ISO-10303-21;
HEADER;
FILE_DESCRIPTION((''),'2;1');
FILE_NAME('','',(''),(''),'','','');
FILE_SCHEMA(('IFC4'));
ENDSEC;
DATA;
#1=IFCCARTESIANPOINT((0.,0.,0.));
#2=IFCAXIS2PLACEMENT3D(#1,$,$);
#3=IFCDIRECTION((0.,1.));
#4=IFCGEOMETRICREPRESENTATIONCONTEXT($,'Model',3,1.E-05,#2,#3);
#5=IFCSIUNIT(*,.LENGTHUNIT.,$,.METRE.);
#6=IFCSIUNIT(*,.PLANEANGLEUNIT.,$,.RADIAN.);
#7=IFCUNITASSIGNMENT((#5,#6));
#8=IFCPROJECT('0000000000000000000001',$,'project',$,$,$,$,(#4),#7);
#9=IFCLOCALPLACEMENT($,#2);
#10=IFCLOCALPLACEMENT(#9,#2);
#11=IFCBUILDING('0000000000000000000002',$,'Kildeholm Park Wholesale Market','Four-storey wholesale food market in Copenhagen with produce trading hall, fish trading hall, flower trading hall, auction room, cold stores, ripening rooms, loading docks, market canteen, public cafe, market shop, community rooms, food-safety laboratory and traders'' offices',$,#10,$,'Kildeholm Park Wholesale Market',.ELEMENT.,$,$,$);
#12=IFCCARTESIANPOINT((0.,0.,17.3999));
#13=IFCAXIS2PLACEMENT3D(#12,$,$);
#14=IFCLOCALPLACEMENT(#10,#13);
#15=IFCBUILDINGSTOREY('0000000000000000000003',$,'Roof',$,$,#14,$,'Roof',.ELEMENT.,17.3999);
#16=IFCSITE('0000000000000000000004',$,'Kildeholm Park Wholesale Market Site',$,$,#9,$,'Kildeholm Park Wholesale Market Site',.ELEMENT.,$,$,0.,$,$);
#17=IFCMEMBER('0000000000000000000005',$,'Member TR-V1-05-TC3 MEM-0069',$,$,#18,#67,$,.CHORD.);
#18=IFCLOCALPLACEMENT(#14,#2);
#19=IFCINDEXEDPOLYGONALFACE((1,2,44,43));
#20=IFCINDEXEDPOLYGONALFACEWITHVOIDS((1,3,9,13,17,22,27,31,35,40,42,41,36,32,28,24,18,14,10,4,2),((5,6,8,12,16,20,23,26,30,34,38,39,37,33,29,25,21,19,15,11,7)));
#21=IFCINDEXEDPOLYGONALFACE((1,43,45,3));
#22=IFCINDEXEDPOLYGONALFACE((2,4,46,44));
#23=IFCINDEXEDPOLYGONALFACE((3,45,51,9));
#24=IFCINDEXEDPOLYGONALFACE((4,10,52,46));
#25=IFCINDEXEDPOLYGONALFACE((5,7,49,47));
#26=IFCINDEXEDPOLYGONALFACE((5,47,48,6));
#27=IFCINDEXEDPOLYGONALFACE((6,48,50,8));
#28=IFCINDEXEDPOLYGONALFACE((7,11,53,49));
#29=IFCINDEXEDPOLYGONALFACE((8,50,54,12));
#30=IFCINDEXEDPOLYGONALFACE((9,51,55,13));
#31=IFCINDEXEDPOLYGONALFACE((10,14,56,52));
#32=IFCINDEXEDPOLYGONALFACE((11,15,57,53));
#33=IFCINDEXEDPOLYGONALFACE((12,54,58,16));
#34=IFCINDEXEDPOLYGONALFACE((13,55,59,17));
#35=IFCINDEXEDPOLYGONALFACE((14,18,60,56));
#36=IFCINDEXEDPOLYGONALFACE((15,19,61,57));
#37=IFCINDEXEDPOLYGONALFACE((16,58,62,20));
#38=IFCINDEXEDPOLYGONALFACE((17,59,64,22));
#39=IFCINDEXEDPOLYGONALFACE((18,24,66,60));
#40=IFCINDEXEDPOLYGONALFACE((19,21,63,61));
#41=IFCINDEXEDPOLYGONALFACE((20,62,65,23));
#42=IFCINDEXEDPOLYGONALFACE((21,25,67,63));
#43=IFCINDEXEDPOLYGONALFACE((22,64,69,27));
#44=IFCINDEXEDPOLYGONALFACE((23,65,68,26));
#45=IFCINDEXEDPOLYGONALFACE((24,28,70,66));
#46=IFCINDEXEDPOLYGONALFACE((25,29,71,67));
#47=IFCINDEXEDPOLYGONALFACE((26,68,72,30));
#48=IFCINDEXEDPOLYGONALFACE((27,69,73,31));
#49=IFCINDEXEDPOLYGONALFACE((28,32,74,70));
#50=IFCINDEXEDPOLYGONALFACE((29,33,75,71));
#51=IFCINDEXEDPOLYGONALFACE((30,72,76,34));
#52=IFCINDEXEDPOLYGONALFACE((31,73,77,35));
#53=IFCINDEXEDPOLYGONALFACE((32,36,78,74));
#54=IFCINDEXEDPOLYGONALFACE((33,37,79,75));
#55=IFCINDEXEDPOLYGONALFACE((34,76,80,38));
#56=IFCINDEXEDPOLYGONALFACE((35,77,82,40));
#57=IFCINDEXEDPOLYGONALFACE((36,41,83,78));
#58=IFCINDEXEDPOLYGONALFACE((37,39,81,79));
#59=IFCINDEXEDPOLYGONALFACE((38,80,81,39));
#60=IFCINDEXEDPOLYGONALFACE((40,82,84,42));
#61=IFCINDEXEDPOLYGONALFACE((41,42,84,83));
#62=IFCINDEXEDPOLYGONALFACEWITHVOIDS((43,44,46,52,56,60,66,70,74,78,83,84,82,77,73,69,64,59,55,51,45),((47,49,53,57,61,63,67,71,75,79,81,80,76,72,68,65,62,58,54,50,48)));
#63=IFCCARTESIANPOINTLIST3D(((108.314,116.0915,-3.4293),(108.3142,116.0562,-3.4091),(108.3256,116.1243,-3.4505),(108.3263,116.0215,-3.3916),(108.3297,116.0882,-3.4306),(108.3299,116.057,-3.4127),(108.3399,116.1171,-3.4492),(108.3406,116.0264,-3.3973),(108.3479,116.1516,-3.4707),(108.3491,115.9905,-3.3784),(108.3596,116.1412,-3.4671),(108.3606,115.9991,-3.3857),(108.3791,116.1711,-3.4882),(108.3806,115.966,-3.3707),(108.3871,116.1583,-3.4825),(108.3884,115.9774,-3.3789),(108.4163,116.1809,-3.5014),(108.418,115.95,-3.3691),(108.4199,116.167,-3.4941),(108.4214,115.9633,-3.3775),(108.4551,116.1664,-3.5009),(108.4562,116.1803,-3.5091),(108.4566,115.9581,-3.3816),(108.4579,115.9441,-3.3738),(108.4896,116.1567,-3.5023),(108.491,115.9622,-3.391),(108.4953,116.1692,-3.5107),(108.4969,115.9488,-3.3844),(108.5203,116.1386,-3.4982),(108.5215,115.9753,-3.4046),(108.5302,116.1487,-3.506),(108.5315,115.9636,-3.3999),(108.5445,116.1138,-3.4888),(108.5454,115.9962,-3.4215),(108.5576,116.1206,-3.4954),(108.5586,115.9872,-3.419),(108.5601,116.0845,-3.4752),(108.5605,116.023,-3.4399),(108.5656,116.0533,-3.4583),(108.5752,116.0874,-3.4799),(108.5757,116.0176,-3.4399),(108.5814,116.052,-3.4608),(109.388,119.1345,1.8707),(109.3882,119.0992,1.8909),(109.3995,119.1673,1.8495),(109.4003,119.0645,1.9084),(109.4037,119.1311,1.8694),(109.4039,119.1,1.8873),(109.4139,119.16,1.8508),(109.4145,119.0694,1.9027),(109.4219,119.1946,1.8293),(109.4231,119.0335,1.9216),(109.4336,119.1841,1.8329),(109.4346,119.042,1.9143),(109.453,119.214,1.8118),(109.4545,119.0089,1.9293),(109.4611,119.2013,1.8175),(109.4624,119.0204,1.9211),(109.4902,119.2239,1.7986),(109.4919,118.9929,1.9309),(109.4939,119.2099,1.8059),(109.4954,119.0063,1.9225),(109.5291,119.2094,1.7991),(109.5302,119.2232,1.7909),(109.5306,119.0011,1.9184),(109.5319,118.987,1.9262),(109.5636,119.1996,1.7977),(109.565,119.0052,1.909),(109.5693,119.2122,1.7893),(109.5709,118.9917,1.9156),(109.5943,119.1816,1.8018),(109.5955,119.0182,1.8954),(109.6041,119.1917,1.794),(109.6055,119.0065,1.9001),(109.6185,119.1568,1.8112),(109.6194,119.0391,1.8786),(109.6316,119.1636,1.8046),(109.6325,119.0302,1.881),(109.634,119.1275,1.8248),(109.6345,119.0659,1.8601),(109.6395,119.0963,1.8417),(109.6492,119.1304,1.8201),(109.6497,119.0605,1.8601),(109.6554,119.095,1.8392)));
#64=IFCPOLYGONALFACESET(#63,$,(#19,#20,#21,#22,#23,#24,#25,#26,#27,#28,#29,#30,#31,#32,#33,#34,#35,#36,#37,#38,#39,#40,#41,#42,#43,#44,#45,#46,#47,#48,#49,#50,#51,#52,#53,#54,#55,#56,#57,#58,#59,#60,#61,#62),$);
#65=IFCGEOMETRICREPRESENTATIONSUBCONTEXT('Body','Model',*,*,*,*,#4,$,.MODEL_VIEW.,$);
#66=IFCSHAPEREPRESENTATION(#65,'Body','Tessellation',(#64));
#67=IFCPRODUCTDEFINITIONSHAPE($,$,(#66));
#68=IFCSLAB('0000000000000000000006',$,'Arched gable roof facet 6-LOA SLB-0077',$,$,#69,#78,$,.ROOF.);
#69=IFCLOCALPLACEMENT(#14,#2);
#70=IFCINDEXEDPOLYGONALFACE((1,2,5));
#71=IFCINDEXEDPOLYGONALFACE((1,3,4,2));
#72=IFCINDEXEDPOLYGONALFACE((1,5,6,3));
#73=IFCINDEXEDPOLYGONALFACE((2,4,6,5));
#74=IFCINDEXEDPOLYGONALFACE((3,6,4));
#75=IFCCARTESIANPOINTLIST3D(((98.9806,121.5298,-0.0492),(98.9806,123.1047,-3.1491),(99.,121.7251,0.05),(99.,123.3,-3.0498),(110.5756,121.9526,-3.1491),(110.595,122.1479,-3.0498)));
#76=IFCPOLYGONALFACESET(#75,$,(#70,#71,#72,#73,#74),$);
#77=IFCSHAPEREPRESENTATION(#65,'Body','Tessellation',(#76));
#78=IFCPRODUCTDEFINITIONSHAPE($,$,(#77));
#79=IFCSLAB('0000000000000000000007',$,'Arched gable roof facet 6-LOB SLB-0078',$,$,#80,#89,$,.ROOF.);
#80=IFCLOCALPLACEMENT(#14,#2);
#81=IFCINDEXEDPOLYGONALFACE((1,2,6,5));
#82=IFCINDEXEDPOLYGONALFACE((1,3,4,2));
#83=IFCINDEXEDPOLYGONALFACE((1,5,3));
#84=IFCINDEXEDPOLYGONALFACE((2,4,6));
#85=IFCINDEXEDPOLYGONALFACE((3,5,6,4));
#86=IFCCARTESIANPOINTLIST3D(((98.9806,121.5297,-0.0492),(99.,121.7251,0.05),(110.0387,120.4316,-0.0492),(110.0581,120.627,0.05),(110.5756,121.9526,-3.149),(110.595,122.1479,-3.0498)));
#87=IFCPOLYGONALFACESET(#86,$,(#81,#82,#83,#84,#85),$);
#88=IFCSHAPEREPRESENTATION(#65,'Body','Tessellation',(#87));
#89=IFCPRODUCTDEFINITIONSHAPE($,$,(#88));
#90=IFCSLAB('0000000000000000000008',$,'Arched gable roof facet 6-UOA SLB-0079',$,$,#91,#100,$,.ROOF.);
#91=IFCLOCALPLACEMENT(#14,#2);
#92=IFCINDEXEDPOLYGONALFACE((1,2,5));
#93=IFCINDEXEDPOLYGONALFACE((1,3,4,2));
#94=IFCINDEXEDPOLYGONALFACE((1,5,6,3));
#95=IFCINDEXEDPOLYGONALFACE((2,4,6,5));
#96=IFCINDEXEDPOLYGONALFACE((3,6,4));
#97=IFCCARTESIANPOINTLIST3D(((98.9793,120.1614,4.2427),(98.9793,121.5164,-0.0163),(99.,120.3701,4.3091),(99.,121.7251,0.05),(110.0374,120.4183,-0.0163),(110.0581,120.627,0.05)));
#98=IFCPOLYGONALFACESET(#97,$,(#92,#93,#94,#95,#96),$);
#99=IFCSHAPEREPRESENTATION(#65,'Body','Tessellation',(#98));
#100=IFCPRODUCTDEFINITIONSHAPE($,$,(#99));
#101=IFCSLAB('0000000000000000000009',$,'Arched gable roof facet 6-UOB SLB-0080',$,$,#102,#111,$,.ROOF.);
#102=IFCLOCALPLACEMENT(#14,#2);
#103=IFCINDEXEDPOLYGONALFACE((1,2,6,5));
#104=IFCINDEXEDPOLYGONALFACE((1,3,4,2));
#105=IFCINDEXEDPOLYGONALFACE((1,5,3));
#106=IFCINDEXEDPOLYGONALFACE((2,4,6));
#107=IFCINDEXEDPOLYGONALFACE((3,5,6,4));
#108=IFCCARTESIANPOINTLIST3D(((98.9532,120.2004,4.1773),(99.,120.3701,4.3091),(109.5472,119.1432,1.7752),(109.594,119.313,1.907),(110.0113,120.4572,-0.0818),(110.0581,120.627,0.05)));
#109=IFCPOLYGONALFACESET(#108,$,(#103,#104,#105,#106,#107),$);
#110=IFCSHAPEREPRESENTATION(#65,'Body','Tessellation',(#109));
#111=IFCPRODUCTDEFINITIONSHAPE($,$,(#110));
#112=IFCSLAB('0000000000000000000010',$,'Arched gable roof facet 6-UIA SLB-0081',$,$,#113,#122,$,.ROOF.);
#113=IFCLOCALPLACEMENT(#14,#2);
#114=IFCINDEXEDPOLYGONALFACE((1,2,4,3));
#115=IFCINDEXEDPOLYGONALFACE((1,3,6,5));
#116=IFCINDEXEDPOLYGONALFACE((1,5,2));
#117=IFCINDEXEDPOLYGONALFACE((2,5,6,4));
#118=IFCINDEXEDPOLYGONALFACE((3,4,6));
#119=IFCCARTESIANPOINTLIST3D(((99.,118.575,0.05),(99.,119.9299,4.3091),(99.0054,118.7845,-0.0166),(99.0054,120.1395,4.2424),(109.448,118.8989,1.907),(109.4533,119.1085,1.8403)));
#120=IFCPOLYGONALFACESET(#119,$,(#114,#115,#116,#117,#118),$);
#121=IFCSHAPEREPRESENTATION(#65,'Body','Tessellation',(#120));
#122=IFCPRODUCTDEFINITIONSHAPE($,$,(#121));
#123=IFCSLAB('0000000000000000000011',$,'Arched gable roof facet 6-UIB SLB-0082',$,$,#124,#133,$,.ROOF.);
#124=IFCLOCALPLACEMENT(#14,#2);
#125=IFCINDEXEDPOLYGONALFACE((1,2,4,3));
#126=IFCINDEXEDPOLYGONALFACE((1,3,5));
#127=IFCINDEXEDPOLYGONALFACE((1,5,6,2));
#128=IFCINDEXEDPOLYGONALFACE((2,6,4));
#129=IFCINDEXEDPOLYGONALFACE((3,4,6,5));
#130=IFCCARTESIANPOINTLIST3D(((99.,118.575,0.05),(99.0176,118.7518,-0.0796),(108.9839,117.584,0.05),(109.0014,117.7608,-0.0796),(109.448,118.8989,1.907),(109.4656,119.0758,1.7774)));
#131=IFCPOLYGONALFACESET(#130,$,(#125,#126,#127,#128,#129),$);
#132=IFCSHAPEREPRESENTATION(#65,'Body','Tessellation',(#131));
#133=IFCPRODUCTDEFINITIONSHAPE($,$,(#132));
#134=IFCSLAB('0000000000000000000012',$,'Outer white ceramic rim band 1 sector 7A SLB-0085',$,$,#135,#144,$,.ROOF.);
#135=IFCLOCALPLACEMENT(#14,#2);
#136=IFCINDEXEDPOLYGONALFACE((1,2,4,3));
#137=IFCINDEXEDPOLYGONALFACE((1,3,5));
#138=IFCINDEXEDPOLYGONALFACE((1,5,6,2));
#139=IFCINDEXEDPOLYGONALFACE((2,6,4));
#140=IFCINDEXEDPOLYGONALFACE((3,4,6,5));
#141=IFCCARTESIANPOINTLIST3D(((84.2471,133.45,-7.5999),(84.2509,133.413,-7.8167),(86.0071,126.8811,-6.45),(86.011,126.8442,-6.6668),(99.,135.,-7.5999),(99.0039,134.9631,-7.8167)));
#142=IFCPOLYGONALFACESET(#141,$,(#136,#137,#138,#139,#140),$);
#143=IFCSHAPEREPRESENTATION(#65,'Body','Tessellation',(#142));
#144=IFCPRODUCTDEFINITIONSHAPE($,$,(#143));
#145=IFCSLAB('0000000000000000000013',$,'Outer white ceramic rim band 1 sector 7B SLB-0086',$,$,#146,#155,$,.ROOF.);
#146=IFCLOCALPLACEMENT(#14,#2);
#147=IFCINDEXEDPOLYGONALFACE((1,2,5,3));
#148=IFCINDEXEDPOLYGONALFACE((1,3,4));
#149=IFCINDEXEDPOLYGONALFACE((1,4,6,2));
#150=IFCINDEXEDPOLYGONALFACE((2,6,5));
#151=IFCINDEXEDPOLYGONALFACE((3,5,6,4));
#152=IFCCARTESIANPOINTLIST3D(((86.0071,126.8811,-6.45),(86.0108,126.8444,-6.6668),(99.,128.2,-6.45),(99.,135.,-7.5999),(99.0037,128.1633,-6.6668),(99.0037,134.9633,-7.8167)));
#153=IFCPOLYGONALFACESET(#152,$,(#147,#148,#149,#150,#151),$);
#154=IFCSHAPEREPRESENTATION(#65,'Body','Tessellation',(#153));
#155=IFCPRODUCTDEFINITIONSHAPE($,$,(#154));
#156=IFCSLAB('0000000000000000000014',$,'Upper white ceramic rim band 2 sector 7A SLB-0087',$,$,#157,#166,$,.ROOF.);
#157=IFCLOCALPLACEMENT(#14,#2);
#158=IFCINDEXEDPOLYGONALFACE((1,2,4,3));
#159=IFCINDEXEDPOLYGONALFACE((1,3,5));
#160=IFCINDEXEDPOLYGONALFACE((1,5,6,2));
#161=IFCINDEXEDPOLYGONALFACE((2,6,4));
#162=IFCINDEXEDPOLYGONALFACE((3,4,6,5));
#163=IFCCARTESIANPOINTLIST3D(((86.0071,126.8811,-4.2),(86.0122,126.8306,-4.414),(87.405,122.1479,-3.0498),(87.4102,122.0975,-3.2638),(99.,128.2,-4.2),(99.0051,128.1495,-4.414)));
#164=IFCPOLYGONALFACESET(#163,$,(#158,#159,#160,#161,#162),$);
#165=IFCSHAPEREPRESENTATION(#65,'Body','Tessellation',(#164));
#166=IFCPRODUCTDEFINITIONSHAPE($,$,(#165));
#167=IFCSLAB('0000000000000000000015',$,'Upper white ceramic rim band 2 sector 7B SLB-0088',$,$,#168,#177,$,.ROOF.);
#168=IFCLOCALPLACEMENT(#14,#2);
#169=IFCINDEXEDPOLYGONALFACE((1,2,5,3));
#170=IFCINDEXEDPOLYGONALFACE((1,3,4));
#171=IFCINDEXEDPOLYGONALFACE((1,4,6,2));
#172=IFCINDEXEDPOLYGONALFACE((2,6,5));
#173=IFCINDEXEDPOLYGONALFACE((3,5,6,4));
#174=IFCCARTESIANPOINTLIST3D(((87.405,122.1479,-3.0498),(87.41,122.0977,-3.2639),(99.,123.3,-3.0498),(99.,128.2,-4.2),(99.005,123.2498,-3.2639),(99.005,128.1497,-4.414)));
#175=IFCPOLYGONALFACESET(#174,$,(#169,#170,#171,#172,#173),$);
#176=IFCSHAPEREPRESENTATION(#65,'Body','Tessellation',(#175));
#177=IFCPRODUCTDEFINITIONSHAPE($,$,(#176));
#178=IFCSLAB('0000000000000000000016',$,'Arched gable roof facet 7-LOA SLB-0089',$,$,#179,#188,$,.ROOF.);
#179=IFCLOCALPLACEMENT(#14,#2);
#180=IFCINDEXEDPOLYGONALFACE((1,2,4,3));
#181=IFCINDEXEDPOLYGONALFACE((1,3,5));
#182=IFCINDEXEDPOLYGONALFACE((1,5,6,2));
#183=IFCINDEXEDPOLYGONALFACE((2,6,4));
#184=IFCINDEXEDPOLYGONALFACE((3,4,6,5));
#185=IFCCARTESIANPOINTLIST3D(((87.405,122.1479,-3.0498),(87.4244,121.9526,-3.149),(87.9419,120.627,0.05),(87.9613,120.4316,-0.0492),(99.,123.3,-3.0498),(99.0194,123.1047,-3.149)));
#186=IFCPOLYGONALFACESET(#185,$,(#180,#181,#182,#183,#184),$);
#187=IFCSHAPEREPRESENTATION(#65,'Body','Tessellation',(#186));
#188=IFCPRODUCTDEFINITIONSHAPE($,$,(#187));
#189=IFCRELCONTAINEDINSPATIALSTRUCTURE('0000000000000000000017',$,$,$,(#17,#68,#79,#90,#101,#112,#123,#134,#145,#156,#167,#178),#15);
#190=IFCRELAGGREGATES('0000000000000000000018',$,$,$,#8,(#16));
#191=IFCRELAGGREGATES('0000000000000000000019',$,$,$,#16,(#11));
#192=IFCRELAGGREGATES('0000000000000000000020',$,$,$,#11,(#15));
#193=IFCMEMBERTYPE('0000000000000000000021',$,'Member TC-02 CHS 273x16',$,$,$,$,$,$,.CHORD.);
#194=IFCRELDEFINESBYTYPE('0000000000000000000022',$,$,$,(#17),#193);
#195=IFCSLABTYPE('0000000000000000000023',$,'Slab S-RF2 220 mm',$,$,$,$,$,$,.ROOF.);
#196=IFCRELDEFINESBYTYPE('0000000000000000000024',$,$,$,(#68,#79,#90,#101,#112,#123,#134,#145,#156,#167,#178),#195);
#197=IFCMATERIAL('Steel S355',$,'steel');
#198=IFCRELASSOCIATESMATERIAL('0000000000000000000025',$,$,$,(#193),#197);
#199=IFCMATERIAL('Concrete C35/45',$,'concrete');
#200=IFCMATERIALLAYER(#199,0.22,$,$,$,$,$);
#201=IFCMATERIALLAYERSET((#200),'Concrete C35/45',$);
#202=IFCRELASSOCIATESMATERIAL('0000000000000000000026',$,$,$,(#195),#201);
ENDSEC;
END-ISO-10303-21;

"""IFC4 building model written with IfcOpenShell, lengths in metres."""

from ifc_helpers import new_model, si_unit, direction, frame, origin, origin_2d, place, context, subcontext, project, spatial, polyline, hollow_circle, outline, extrude, material, layer, layer_set, material_profile, profile_set, type_object, element, save


model = new_model("IFC4")

# Units and contexts
model_context = context("Model", 3, precision=1e-05, world=origin(), true_north=direction((0.0, 1.0)))
body_context = subcontext(model_context, "Body", "Model", "MODEL_VIEW")
ifc_project = project(units=[si_unit("LENGTHUNIT", "METRE"), si_unit("PLANEANGLEUNIT", "RADIAN")], contexts=[model_context])

# Site, building, storey
site_placement = place(None, origin())
site = spatial("IfcSite", under=ifc_project, at=site_placement, Name="Kildeholm Park Wholesale Market Site", LongName="Kildeholm Park Wholesale Market Site", CompositionType="ELEMENT", RefElevation=0.0)
building_placement = place(site_placement, origin())
building = spatial("IfcBuilding", under=site, at=building_placement, Name="Kildeholm Park Wholesale Market", Description="Four-storey wholesale food market in Copenhagen with produce trading hall, fish trading hall, flower trading hall, auction room, cold stores, ripening rooms, loading docks, market canteen, public cafe, market shop, community rooms, food-safety laboratory and traders' offices", LongName="Kildeholm Park Wholesale Market", CompositionType="ELEMENT")
storey_placement = place(building_placement, frame((0.0, 0.0, 17.3999)))
storey = spatial("IfcBuildingStorey", under=building, at=storey_placement, Name="Roof", LongName="Roof", CompositionType="ELEMENT", Elevation=17.3999)

# Member
ifc_material_1 = material(Name="Steel S355", Category="steel")
ifc_material_profile_1 = material_profile(ifc_material_1, hollow_circle(Radius=0.1365, WallThickness=0.0161, at=origin_2d()), Name="CHS 273x16")
ifc_profile_set_1 = profile_set([ifc_material_profile_1], Name="Steel S355")
member_type_1 = type_object("IfcMemberType", Name="Member TC-02 CHS 273x16", PredefinedType="CHORD", material=ifc_profile_set_1)
member_1_placement = place(storey_placement, frame((109.521, 119.106, 1.8601), z_axis=(-0.173079, -0.490396, -0.85414), x_axis=(0.942992, -0.332816, 0.0)))
element("IfcMember", 1, at=member_1_placement, inside=storey, type_object=member_type_1, Name="Member TR-V1-05-TC3 MEM-0069", PredefinedType="CHORD", context=body_context, shape_type="SweptSolid", body=[
    extrude(hollow_circle(Radius=0.1365, WallThickness=0.0161, at=origin_2d()), origin(), (0.0, 0.0, 1.0), 6.2051),
])

# Slabs
ifc_material_2 = material(Name="Concrete C35/45", Category="concrete")
ifc_layer_1 = layer(ifc_material_2, 0.22)
ifc_layer_set_1 = layer_set([ifc_layer_1], Name="Concrete C35/45")
slab_type = type_object("IfcSlabType", Name="Slab S-RF2 220 mm", PredefinedType="ROOF", material=ifc_layer_set_1)
slab_1_placement = place(storey_placement, frame((110.595, 122.1479, -3.0498), z_axis=(0.088239, 0.888052, 0.451195), x_axis=(-0.9951, 0.098875, 0.0)))
element("IfcSlab", 2, at=slab_1_placement, inside=storey, type_object=slab_type, Name="Arched gable roof facet 6-LOA SLB-0077", PredefinedType="ROOF", context=body_context, shape_type="SweptSolid", body=[
    extrude(outline(polyline([(0.0, 0.0), (11.6521, 0.0), (11.4963, 3.4735), (0.0, 0.0)])), origin(), (0.0, 0.0, -1.0), 0.22),
])
slab_2_placement = place(storey_placement, frame((110.595, 122.1479, -3.0498), z_axis=(0.088197, 0.88813, 0.451051), x_axis=(-0.965473, -0.035209, 0.258114)))
element("IfcSlab", 3, at=slab_2_placement, inside=storey, type_object=slab_type, Name="Arched gable roof facet 6-LOB SLB-0078", PredefinedType="ROOF", context=body_context, shape_type="SweptSolid", body=[
    extrude(outline(polyline([(0.0, 0.0), (12.0096, 0.0), (1.372, 3.2138), (0.0, 0.0)])), origin(), (0.0, 0.0, -1.0), 0.22),
])
slab_3_placement = place(storey_placement, frame((110.0581, 120.627, 0.05), z_axis=(0.094212, 0.948698, 0.301821), x_axis=(-0.995105, 0.098821, 0.0)))
element("IfcSlab", 4, at=slab_3_placement, inside=storey, type_object=slab_type, Name="Arched gable roof facet 6-UOA SLB-0079", PredefinedType="ROOF", context=body_context, shape_type="SweptSolid", body=[
    extrude(outline(polyline([(0.0, 0.0), (11.1125, 0.0), (10.9786, 4.4674), (0.0, 0.0)])), origin(), (0.0, 0.0, -1.0), 0.22),
])
slab_4_placement = place(storey_placement, frame((110.0581, 120.627, 0.05), z_axis=(0.212887, 0.771718, 0.599275), x_axis=(-0.932959, -0.021669, 0.35933)))
element("IfcSlab", 5, at=slab_4_placement, inside=storey, type_object=slab_type, Name="Arched gable roof facet 6-UOB SLB-0080", PredefinedType="ROOF", context=body_context, shape_type="SweptSolid", body=[
    extrude(outline(polyline([(0.0, 0.0), (11.8527, 0.0), (1.1287, 2.0288), (0.0, 0.0)])), origin(), (0.0, 0.0, -1.0), 0.22),
])
slab_5_placement = place(storey_placement, frame((109.448, 118.8989, 1.907), z_axis=(-0.024327, -0.952655, 0.30308), x_axis=(-0.970099, 0.095729, 0.223035)))
element("IfcSlab", 6, at=slab_5_placement, inside=storey, type_object=slab_type, Name="Arched gable roof facet 6-UIA SLB-0081", PredefinedType="ROOF", context=body_context, shape_type="SweptSolid", body=[
    extrude(outline(polyline([(0.0, 0.0), (10.77, 0.0), (9.6904, 4.337), (0.0, 0.0)])), origin(), (0.0, 0.0, -1.0), 0.22),
])
slab_6_placement = place(storey_placement, frame((109.448, 118.8989, 1.907), z_axis=(-0.079801, -0.803987, 0.589268), x_axis=(-0.984112, -0.030516, -0.174907)))
element("IfcSlab", 7, at=slab_6_placement, inside=storey, type_object=slab_type, Name="Arched gable roof facet 6-UIB SLB-0082", PredefinedType="ROOF", context=body_context, shape_type="SweptSolid", body=[
    extrude(outline(polyline([(0.0, 0.0), (10.6167, 0.0), (0.8217, 2.172), (0.0, 0.0)])), origin(), (0.0, 0.0, -1.0), 0.22),
])
slab_7_placement = place(storey_placement, frame((99.0, 135.0, -7.5999), z_axis=(-0.017632, 0.167819, 0.98566), x_axis=(-0.994526, -0.104492, 0.0)))
element("IfcSlab", 8, at=slab_7_placement, inside=storey, type_object=slab_type, Name="Outer white ceramic rim band 1 sector 7A SLB-0085", PredefinedType="ROOF", context=body_context, shape_type="SweptSolid", body=[
    extrude(outline(polyline([(0.0, 0.0), (14.8341, 0.0), (13.7702, 6.8145), (0.0, 0.0)])), origin(), (0.0, 0.0, -1.0), 0.22),
])
slab_8_placement = place(storey_placement, frame((99.0, 135.0, -7.5999), z_axis=(-0.016922, 0.166711, 0.985861), x_axis=(-0.845669, -0.528434, 0.074844)))
element("IfcSlab", 9, at=slab_8_placement, inside=storey, type_object=slab_type, Name="Outer white ceramic rim band 1 sector 7B SLB-0086", PredefinedType="ROOF", context=body_context, shape_type="SweptSolid", body=[
    extrude(outline(polyline([(0.0, 0.0), (15.3641, 0.0), (3.6794, 5.8331), (0.0, 0.0)])), origin(), (0.0, 0.0, -1.0), 0.22),
])
slab_9_placement = place(storey_placement, frame((99.0, 128.2, -4.2), z_axis=(-0.023301, 0.229559, 0.973016), x_axis=(-0.994888, -0.100986, 0.0)))
element("IfcSlab", 10, at=slab_9_placement, inside=storey, type_object=slab_type, Name="Upper white ceramic rim band 2 sector 7A SLB-0087", PredefinedType="ROOF", context=body_context, shape_type="SweptSolid", body=[
    extrude(outline(polyline([(0.0, 0.0), (13.0597, 0.0), (12.1469, 4.9846), (0.0, 0.0)])), origin(), (0.0, 0.0, -1.0), 0.22),
])
slab_10_placement = place(storey_placement, frame((99.0, 128.2, -4.2), z_axis=(-0.0227, 0.228459, 0.973289), x_axis=(-0.8831, -0.460935, 0.087598)))
element("IfcSlab", 11, at=slab_10_placement, inside=storey, type_object=slab_type, Name="Upper white ceramic rim band 2 sector 7B SLB-0088", PredefinedType="ROOF", context=body_context, shape_type="SweptSolid", body=[
    extrude(outline(polyline([(0.0, 0.0), (13.1298, 0.0), (2.3593, 4.4459), (0.0, 0.0)])), origin(), (0.0, 0.0, -1.0), 0.22),
])
slab_11_placement = place(storey_placement, frame((99.0, 123.3, -3.0498), z_axis=(-0.088246, 0.888122, 0.451056), x_axis=(-0.9951, -0.098875, 0.0)))
element("IfcSlab", 12, at=slab_11_placement, inside=storey, type_object=slab_type, Name="Arched gable roof facet 7-LOA SLB-0089", PredefinedType="ROOF", context=body_context, shape_type="SweptSolid", body=[
    extrude(outline(polyline([(0.0, 0.0), (11.6521, 0.0), (11.2682, 3.4732), (0.0, 0.0)])), origin(), (0.0, 0.0, -1.0), 0.22),
])

save(model, "model.ifc")
